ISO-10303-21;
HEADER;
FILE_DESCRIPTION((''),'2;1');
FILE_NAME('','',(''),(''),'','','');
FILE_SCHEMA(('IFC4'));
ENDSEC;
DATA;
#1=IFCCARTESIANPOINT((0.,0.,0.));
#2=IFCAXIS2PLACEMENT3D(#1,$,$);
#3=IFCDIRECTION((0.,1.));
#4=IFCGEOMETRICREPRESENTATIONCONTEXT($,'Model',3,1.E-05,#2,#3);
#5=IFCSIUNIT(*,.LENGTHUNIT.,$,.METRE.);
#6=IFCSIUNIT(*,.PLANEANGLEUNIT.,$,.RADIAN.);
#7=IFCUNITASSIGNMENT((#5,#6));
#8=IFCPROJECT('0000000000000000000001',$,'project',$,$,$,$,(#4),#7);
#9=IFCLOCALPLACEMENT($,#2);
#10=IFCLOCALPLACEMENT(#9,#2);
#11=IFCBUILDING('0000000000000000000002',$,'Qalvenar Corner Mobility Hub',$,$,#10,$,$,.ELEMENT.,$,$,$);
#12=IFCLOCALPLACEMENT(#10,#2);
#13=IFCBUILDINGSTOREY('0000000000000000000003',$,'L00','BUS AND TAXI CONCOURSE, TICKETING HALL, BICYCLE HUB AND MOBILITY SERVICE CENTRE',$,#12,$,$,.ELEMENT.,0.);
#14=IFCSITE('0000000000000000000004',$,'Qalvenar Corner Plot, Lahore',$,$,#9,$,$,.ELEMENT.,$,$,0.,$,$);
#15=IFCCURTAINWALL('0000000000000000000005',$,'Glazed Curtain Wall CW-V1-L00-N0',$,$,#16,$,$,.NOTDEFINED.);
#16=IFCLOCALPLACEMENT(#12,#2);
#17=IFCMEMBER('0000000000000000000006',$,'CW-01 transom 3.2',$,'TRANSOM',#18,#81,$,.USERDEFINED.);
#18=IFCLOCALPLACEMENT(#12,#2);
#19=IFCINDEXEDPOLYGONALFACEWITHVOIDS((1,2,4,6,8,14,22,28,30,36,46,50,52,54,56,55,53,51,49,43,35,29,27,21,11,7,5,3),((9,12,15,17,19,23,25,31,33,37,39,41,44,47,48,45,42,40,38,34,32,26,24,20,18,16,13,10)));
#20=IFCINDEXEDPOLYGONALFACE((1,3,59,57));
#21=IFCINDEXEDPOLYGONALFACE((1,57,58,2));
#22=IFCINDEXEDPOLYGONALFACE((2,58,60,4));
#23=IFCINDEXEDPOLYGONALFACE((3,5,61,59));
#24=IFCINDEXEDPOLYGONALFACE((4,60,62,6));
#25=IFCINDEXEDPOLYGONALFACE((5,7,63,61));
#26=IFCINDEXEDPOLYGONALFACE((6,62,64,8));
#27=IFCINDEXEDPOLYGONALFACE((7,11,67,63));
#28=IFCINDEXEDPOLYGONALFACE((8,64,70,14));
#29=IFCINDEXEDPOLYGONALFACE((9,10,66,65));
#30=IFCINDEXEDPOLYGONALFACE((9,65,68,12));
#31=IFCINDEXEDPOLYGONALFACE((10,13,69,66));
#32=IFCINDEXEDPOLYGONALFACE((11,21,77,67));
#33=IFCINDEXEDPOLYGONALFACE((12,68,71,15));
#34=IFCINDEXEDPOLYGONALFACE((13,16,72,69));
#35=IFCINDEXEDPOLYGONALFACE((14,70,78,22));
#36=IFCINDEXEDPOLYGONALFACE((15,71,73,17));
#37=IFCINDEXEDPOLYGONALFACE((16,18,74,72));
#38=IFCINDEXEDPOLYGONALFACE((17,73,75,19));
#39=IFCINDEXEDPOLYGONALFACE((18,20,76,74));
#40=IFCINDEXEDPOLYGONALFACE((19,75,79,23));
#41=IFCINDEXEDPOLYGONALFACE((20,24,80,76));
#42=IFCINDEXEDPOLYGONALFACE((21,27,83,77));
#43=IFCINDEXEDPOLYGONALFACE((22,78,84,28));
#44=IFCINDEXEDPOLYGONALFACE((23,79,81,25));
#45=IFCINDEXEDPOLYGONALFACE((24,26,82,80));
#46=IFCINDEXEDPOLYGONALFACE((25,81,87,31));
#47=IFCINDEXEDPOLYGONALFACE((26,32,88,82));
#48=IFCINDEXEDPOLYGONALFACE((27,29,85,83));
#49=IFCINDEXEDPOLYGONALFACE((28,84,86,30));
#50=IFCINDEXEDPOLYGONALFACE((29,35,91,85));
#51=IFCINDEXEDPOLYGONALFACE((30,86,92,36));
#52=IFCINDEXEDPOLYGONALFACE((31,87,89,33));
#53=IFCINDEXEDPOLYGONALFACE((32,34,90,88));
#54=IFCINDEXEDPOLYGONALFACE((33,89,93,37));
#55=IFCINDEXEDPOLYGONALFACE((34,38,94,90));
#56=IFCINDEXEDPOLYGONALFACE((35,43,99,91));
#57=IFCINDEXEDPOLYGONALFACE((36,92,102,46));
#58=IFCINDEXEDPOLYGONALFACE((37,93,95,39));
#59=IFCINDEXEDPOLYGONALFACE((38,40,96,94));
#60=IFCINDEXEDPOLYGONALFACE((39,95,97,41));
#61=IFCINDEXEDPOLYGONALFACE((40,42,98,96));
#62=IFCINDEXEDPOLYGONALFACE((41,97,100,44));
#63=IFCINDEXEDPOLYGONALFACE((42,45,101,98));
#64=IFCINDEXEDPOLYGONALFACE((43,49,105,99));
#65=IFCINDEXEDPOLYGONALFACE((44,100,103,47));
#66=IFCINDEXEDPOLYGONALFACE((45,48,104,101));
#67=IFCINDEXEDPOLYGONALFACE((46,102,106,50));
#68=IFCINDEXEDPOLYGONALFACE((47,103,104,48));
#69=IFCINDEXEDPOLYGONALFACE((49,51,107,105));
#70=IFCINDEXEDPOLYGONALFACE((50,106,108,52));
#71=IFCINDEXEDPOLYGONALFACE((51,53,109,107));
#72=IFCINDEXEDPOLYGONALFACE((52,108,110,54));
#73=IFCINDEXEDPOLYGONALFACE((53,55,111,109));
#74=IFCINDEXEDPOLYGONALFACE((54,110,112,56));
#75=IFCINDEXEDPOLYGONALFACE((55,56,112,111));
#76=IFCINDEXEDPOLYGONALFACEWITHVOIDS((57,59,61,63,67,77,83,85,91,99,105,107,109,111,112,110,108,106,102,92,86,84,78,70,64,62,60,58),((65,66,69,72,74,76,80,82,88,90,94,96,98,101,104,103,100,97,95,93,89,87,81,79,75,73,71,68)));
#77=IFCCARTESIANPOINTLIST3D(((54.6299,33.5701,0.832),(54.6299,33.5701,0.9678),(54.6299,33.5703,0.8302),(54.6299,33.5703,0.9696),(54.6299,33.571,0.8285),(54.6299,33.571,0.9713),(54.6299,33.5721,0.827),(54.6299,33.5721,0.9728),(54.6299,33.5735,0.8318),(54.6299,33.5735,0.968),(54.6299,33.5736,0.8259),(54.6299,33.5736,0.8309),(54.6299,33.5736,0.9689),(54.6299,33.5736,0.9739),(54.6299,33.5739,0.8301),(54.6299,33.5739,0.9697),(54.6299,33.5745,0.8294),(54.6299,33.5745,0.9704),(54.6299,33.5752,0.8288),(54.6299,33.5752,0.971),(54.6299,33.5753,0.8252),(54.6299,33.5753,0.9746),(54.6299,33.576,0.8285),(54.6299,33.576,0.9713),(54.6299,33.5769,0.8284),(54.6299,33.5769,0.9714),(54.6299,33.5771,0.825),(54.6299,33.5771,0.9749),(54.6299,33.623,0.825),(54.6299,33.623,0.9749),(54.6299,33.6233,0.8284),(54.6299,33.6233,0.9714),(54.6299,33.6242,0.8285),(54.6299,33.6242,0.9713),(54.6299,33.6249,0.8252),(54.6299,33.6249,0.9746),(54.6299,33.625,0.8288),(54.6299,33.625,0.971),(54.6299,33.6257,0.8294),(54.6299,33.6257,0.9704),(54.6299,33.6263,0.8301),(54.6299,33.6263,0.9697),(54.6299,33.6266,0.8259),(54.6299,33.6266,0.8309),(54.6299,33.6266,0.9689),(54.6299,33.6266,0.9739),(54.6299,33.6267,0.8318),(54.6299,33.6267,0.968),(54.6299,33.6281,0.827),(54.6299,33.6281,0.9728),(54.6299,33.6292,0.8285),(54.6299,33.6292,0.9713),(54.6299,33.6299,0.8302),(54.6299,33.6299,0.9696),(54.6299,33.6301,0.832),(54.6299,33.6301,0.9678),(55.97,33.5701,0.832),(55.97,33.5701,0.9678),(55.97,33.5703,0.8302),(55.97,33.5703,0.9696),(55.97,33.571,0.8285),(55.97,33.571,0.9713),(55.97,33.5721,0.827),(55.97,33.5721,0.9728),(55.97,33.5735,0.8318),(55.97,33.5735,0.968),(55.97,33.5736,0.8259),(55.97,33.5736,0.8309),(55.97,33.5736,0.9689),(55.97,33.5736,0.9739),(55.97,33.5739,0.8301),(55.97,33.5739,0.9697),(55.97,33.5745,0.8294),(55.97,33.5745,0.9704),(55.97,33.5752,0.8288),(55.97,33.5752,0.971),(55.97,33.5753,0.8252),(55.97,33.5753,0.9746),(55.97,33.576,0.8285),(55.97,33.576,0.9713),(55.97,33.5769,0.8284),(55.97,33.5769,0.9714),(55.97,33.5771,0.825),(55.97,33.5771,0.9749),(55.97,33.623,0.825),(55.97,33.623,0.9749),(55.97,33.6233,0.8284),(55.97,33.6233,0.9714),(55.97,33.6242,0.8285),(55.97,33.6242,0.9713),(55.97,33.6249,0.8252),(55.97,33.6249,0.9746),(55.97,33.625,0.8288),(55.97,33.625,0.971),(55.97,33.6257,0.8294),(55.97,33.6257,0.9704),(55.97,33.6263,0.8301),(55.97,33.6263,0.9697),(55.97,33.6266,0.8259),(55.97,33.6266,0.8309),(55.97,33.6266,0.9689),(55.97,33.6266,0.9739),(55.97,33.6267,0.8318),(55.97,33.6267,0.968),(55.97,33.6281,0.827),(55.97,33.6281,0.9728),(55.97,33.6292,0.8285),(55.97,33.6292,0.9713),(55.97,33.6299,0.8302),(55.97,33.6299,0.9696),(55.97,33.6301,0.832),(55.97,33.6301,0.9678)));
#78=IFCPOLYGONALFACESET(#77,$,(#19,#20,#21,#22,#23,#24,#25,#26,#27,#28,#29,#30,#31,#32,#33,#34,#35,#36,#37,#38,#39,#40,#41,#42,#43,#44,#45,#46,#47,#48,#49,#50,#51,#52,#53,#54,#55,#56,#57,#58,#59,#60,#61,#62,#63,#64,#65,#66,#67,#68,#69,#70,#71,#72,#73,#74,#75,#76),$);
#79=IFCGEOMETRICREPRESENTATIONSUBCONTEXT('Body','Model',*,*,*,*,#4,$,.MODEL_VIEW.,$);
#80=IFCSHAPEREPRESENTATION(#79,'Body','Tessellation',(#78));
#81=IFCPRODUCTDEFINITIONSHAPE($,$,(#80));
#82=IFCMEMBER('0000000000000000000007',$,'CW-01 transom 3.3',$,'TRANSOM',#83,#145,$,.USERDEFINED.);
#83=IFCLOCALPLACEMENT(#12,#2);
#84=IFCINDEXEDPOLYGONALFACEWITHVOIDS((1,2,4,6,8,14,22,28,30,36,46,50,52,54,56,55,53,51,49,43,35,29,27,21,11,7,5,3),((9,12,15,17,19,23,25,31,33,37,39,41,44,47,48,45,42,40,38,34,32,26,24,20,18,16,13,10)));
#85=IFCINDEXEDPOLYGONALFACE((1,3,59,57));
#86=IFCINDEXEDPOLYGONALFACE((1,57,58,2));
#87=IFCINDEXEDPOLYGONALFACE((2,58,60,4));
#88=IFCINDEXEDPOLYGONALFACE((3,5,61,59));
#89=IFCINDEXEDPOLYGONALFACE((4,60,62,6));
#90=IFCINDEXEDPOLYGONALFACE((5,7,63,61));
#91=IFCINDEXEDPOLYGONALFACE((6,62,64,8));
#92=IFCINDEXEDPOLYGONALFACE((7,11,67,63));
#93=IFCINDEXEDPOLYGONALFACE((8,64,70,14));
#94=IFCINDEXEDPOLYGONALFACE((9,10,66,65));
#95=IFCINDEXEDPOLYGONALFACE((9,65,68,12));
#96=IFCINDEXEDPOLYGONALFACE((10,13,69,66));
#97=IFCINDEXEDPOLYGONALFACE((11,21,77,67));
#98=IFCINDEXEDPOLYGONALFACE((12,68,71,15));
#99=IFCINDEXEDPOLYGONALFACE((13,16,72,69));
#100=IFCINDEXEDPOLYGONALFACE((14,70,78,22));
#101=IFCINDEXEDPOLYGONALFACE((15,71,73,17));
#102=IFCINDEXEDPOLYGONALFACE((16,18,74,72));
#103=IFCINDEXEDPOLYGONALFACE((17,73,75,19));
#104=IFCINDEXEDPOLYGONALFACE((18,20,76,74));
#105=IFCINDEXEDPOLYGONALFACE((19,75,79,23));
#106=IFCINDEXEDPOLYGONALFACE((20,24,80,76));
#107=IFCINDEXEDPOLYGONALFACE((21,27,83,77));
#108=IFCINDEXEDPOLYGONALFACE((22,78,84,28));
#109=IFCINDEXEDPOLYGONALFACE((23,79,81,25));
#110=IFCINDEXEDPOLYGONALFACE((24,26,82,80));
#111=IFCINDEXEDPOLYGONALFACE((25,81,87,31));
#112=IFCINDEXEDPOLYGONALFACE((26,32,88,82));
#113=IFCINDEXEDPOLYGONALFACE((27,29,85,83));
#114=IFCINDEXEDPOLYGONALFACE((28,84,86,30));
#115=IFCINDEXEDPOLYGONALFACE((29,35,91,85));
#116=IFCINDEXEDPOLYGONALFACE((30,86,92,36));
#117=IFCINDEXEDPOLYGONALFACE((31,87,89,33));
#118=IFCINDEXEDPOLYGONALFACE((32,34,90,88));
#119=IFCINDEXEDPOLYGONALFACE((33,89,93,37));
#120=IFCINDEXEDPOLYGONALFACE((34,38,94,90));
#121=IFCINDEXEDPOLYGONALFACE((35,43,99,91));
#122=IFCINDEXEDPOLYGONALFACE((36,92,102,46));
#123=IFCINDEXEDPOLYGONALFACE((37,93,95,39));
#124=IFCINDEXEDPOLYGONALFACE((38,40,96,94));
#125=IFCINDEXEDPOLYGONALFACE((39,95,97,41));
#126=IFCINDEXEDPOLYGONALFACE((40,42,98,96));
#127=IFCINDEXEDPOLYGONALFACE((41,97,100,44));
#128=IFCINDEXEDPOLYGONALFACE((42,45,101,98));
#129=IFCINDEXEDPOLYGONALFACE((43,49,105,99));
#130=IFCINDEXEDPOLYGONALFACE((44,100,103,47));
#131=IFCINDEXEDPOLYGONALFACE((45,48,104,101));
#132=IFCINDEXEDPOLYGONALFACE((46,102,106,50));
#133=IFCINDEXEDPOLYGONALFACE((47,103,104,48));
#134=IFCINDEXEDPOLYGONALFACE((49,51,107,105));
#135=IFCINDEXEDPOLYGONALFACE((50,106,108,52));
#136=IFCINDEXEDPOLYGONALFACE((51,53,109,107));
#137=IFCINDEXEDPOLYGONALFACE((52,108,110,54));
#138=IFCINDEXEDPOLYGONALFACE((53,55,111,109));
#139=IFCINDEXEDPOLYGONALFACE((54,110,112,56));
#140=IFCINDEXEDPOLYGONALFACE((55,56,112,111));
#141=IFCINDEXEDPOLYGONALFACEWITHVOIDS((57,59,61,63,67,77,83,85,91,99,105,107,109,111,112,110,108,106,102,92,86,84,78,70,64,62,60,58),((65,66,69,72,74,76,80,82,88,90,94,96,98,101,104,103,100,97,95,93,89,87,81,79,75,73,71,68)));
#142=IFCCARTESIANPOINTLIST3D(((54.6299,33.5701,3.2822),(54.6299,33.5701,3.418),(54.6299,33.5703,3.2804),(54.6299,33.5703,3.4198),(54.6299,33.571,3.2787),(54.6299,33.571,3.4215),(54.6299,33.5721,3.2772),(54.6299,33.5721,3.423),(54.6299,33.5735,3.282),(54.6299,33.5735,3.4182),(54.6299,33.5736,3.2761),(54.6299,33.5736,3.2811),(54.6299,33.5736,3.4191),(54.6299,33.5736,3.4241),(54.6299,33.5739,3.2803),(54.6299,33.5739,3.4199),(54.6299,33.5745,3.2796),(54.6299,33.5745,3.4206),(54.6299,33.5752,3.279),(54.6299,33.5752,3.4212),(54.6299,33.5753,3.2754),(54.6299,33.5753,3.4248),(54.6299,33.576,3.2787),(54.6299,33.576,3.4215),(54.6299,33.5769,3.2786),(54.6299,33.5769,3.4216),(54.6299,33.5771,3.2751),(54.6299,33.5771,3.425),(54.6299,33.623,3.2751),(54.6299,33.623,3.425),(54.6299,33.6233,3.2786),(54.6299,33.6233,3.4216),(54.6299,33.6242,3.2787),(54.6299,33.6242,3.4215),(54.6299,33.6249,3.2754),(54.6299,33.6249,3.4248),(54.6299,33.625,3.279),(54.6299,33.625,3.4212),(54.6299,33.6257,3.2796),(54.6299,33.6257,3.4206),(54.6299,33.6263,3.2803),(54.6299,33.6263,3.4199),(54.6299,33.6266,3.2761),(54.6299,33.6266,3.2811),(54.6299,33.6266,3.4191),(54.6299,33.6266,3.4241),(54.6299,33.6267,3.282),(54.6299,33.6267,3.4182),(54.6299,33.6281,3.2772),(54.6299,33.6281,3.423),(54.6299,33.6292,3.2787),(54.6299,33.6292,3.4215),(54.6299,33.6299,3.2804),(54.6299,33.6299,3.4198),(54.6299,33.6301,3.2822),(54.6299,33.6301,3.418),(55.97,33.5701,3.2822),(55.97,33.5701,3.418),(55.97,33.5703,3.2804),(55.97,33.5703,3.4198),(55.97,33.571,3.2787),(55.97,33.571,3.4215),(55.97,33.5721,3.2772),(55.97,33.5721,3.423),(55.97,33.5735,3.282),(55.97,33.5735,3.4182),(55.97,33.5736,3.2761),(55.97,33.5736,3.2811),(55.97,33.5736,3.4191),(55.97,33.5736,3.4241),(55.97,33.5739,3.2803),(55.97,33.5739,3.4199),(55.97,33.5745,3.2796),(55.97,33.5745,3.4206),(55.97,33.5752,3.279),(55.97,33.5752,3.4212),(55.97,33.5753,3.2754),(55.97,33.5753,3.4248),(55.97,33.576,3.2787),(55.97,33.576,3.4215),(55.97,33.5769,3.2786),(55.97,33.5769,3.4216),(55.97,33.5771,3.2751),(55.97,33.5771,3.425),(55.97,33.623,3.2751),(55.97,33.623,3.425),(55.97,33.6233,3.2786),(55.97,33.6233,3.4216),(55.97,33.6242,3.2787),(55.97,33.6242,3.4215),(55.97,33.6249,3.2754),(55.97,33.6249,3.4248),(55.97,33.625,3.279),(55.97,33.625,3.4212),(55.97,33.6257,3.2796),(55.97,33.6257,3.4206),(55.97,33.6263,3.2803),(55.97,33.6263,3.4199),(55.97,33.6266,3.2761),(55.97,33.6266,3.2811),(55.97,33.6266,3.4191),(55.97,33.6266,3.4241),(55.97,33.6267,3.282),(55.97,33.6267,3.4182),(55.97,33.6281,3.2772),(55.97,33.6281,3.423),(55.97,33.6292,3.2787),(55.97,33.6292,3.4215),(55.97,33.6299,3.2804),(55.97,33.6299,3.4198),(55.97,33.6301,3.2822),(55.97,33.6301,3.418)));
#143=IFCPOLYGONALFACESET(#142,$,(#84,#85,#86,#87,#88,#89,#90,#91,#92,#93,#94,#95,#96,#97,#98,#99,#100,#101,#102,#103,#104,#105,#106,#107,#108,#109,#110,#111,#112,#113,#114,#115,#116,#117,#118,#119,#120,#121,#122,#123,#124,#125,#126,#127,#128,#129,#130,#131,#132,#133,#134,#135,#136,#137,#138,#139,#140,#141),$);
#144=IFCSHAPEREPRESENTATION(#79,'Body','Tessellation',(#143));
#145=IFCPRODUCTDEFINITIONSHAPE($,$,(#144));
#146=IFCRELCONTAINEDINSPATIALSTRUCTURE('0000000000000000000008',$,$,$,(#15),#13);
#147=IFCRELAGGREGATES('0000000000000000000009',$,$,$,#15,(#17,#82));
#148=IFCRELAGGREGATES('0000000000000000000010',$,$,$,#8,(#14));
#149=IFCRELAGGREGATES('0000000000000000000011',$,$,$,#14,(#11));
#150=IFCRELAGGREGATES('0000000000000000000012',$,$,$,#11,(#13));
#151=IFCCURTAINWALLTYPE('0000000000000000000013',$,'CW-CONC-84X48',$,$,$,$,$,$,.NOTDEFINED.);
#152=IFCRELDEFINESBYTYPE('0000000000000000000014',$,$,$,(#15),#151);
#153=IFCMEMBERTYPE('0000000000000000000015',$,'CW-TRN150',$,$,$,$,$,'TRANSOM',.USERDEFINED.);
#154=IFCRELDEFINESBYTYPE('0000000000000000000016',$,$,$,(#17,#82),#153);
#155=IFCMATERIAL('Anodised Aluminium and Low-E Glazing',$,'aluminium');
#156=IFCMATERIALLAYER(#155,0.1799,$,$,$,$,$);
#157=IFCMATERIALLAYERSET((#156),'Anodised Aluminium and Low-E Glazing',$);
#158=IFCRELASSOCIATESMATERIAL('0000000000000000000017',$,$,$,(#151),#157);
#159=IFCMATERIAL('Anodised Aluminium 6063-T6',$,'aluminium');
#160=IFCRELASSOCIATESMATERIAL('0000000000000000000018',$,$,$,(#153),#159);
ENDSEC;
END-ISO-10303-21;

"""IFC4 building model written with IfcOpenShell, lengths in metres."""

from ifc_helpers import new_model, si_unit, direction, frame, origin, origin_2d, place, context, subcontext, project, spatial, hollow_rectangle, extrude, material, layer, layer_set, material_profile, profile_set, type_object, element, aggregate, save


model = new_model("IFC4")

# Units and contexts
model_context = context("Model", 3, precision=1e-05, world=origin(), true_north=direction((0.0, 1.0)))
body_context = subcontext(model_context, "Body", "Model", "MODEL_VIEW")
ifc_project = project(units=[si_unit("LENGTHUNIT", "METRE"), si_unit("PLANEANGLEUNIT", "RADIAN")], contexts=[model_context])

# Site, building, storey
site_placement = place(None, origin())
site = spatial("IfcSite", under=ifc_project, at=site_placement, Name="Qalvenar Corner Plot, Lahore", CompositionType="ELEMENT", RefElevation=0.0)
building_placement = place(site_placement, origin())
building = spatial("IfcBuilding", under=site, at=building_placement, Name="Qalvenar Corner Mobility Hub", CompositionType="ELEMENT")
storey_placement = place(building_placement, origin())
storey = spatial("IfcBuildingStorey", under=building, at=storey_placement, Name="L00", Description="BUS AND TAXI CONCOURSE, TICKETING HALL, BICYCLE HUB AND MOBILITY SERVICE CENTRE", CompositionType="ELEMENT", Elevation=0.0)

# Shared definitions
ifc_material_1 = material(Name="Anodised Aluminium and Low-E Glazing", Category="aluminium")
ifc_material_2 = material(Name="Anodised Aluminium 6063-T6", Category="aluminium")

# Curtain wall, members
ifc_layer_1 = layer(ifc_material_1, 0.1799)
ifc_layer_set_1 = layer_set([ifc_layer_1], Name="Anodised Aluminium and Low-E Glazing")
curtain_wall_type_1 = type_object("IfcCurtainWallType", Name="CW-CONC-84X48", PredefinedType="NOTDEFINED", material=ifc_layer_set_1)
curtain_wall_1_placement = place(storey_placement, origin())
curtain_wall_1 = element("IfcCurtainWall", 1, at=curtain_wall_1_placement, inside=storey, type_object=curtain_wall_type_1, Name="Glazed Curtain Wall CW-V1-L00-N0", PredefinedType="NOTDEFINED")
ifc_material_profile_1 = material_profile(ifc_material_2, hollow_rectangle(XDim=0.0601, YDim=0.1499, WallThickness=0.0034, InnerFilletRadius=0.0034, OuterFilletRadius=0.0071, at=origin_2d()), Name="RHS150x60x3.5")
ifc_profile_set_1 = profile_set([ifc_material_profile_1], Name="Anodised Aluminium 6063-T6")
member_type_1 = type_object("IfcMemberType", Name="CW-TRN150", ElementType="TRANSOM", PredefinedType="USERDEFINED", material=ifc_profile_set_1)
member_1_placement = place(storey_placement, frame((55.97, 33.6001, 0.8999), z_axis=(-1.0, 0.0, 0.0), x_axis=(0.0, -1.0, 0.0)))
member_1 = element("IfcMember", 2, at=member_1_placement, type_object=member_type_1, Name="CW-01 transom 3.2", ObjectType="TRANSOM", PredefinedType="USERDEFINED", context=body_context, shape_type="SweptSolid", body=[
    extrude(hollow_rectangle(XDim=0.0601, YDim=0.1499, WallThickness=0.0034, InnerFilletRadius=0.0034, OuterFilletRadius=0.0071, at=origin_2d()), origin(), (0.0, 0.0, 1.0), 1.3401),
])
member_2_placement = place(storey_placement, frame((55.97, 33.6001, 3.3501), z_axis=(-1.0, 0.0, 0.0), x_axis=(0.0, -1.0, 0.0)))
member_2 = element("IfcMember", 3, at=member_2_placement, type_object=member_type_1, Name="CW-01 transom 3.3", ObjectType="TRANSOM", PredefinedType="USERDEFINED", context=body_context, shape_type="SweptSolid", body=[
    extrude(hollow_rectangle(XDim=0.0601, YDim=0.1499, WallThickness=0.0034, InnerFilletRadius=0.0034, OuterFilletRadius=0.0071, at=origin_2d()), origin(), (0.0, 0.0, 1.0), 1.3401),
])
aggregate(curtain_wall_1, [member_1, member_2])

save(model, "model.ifc")
